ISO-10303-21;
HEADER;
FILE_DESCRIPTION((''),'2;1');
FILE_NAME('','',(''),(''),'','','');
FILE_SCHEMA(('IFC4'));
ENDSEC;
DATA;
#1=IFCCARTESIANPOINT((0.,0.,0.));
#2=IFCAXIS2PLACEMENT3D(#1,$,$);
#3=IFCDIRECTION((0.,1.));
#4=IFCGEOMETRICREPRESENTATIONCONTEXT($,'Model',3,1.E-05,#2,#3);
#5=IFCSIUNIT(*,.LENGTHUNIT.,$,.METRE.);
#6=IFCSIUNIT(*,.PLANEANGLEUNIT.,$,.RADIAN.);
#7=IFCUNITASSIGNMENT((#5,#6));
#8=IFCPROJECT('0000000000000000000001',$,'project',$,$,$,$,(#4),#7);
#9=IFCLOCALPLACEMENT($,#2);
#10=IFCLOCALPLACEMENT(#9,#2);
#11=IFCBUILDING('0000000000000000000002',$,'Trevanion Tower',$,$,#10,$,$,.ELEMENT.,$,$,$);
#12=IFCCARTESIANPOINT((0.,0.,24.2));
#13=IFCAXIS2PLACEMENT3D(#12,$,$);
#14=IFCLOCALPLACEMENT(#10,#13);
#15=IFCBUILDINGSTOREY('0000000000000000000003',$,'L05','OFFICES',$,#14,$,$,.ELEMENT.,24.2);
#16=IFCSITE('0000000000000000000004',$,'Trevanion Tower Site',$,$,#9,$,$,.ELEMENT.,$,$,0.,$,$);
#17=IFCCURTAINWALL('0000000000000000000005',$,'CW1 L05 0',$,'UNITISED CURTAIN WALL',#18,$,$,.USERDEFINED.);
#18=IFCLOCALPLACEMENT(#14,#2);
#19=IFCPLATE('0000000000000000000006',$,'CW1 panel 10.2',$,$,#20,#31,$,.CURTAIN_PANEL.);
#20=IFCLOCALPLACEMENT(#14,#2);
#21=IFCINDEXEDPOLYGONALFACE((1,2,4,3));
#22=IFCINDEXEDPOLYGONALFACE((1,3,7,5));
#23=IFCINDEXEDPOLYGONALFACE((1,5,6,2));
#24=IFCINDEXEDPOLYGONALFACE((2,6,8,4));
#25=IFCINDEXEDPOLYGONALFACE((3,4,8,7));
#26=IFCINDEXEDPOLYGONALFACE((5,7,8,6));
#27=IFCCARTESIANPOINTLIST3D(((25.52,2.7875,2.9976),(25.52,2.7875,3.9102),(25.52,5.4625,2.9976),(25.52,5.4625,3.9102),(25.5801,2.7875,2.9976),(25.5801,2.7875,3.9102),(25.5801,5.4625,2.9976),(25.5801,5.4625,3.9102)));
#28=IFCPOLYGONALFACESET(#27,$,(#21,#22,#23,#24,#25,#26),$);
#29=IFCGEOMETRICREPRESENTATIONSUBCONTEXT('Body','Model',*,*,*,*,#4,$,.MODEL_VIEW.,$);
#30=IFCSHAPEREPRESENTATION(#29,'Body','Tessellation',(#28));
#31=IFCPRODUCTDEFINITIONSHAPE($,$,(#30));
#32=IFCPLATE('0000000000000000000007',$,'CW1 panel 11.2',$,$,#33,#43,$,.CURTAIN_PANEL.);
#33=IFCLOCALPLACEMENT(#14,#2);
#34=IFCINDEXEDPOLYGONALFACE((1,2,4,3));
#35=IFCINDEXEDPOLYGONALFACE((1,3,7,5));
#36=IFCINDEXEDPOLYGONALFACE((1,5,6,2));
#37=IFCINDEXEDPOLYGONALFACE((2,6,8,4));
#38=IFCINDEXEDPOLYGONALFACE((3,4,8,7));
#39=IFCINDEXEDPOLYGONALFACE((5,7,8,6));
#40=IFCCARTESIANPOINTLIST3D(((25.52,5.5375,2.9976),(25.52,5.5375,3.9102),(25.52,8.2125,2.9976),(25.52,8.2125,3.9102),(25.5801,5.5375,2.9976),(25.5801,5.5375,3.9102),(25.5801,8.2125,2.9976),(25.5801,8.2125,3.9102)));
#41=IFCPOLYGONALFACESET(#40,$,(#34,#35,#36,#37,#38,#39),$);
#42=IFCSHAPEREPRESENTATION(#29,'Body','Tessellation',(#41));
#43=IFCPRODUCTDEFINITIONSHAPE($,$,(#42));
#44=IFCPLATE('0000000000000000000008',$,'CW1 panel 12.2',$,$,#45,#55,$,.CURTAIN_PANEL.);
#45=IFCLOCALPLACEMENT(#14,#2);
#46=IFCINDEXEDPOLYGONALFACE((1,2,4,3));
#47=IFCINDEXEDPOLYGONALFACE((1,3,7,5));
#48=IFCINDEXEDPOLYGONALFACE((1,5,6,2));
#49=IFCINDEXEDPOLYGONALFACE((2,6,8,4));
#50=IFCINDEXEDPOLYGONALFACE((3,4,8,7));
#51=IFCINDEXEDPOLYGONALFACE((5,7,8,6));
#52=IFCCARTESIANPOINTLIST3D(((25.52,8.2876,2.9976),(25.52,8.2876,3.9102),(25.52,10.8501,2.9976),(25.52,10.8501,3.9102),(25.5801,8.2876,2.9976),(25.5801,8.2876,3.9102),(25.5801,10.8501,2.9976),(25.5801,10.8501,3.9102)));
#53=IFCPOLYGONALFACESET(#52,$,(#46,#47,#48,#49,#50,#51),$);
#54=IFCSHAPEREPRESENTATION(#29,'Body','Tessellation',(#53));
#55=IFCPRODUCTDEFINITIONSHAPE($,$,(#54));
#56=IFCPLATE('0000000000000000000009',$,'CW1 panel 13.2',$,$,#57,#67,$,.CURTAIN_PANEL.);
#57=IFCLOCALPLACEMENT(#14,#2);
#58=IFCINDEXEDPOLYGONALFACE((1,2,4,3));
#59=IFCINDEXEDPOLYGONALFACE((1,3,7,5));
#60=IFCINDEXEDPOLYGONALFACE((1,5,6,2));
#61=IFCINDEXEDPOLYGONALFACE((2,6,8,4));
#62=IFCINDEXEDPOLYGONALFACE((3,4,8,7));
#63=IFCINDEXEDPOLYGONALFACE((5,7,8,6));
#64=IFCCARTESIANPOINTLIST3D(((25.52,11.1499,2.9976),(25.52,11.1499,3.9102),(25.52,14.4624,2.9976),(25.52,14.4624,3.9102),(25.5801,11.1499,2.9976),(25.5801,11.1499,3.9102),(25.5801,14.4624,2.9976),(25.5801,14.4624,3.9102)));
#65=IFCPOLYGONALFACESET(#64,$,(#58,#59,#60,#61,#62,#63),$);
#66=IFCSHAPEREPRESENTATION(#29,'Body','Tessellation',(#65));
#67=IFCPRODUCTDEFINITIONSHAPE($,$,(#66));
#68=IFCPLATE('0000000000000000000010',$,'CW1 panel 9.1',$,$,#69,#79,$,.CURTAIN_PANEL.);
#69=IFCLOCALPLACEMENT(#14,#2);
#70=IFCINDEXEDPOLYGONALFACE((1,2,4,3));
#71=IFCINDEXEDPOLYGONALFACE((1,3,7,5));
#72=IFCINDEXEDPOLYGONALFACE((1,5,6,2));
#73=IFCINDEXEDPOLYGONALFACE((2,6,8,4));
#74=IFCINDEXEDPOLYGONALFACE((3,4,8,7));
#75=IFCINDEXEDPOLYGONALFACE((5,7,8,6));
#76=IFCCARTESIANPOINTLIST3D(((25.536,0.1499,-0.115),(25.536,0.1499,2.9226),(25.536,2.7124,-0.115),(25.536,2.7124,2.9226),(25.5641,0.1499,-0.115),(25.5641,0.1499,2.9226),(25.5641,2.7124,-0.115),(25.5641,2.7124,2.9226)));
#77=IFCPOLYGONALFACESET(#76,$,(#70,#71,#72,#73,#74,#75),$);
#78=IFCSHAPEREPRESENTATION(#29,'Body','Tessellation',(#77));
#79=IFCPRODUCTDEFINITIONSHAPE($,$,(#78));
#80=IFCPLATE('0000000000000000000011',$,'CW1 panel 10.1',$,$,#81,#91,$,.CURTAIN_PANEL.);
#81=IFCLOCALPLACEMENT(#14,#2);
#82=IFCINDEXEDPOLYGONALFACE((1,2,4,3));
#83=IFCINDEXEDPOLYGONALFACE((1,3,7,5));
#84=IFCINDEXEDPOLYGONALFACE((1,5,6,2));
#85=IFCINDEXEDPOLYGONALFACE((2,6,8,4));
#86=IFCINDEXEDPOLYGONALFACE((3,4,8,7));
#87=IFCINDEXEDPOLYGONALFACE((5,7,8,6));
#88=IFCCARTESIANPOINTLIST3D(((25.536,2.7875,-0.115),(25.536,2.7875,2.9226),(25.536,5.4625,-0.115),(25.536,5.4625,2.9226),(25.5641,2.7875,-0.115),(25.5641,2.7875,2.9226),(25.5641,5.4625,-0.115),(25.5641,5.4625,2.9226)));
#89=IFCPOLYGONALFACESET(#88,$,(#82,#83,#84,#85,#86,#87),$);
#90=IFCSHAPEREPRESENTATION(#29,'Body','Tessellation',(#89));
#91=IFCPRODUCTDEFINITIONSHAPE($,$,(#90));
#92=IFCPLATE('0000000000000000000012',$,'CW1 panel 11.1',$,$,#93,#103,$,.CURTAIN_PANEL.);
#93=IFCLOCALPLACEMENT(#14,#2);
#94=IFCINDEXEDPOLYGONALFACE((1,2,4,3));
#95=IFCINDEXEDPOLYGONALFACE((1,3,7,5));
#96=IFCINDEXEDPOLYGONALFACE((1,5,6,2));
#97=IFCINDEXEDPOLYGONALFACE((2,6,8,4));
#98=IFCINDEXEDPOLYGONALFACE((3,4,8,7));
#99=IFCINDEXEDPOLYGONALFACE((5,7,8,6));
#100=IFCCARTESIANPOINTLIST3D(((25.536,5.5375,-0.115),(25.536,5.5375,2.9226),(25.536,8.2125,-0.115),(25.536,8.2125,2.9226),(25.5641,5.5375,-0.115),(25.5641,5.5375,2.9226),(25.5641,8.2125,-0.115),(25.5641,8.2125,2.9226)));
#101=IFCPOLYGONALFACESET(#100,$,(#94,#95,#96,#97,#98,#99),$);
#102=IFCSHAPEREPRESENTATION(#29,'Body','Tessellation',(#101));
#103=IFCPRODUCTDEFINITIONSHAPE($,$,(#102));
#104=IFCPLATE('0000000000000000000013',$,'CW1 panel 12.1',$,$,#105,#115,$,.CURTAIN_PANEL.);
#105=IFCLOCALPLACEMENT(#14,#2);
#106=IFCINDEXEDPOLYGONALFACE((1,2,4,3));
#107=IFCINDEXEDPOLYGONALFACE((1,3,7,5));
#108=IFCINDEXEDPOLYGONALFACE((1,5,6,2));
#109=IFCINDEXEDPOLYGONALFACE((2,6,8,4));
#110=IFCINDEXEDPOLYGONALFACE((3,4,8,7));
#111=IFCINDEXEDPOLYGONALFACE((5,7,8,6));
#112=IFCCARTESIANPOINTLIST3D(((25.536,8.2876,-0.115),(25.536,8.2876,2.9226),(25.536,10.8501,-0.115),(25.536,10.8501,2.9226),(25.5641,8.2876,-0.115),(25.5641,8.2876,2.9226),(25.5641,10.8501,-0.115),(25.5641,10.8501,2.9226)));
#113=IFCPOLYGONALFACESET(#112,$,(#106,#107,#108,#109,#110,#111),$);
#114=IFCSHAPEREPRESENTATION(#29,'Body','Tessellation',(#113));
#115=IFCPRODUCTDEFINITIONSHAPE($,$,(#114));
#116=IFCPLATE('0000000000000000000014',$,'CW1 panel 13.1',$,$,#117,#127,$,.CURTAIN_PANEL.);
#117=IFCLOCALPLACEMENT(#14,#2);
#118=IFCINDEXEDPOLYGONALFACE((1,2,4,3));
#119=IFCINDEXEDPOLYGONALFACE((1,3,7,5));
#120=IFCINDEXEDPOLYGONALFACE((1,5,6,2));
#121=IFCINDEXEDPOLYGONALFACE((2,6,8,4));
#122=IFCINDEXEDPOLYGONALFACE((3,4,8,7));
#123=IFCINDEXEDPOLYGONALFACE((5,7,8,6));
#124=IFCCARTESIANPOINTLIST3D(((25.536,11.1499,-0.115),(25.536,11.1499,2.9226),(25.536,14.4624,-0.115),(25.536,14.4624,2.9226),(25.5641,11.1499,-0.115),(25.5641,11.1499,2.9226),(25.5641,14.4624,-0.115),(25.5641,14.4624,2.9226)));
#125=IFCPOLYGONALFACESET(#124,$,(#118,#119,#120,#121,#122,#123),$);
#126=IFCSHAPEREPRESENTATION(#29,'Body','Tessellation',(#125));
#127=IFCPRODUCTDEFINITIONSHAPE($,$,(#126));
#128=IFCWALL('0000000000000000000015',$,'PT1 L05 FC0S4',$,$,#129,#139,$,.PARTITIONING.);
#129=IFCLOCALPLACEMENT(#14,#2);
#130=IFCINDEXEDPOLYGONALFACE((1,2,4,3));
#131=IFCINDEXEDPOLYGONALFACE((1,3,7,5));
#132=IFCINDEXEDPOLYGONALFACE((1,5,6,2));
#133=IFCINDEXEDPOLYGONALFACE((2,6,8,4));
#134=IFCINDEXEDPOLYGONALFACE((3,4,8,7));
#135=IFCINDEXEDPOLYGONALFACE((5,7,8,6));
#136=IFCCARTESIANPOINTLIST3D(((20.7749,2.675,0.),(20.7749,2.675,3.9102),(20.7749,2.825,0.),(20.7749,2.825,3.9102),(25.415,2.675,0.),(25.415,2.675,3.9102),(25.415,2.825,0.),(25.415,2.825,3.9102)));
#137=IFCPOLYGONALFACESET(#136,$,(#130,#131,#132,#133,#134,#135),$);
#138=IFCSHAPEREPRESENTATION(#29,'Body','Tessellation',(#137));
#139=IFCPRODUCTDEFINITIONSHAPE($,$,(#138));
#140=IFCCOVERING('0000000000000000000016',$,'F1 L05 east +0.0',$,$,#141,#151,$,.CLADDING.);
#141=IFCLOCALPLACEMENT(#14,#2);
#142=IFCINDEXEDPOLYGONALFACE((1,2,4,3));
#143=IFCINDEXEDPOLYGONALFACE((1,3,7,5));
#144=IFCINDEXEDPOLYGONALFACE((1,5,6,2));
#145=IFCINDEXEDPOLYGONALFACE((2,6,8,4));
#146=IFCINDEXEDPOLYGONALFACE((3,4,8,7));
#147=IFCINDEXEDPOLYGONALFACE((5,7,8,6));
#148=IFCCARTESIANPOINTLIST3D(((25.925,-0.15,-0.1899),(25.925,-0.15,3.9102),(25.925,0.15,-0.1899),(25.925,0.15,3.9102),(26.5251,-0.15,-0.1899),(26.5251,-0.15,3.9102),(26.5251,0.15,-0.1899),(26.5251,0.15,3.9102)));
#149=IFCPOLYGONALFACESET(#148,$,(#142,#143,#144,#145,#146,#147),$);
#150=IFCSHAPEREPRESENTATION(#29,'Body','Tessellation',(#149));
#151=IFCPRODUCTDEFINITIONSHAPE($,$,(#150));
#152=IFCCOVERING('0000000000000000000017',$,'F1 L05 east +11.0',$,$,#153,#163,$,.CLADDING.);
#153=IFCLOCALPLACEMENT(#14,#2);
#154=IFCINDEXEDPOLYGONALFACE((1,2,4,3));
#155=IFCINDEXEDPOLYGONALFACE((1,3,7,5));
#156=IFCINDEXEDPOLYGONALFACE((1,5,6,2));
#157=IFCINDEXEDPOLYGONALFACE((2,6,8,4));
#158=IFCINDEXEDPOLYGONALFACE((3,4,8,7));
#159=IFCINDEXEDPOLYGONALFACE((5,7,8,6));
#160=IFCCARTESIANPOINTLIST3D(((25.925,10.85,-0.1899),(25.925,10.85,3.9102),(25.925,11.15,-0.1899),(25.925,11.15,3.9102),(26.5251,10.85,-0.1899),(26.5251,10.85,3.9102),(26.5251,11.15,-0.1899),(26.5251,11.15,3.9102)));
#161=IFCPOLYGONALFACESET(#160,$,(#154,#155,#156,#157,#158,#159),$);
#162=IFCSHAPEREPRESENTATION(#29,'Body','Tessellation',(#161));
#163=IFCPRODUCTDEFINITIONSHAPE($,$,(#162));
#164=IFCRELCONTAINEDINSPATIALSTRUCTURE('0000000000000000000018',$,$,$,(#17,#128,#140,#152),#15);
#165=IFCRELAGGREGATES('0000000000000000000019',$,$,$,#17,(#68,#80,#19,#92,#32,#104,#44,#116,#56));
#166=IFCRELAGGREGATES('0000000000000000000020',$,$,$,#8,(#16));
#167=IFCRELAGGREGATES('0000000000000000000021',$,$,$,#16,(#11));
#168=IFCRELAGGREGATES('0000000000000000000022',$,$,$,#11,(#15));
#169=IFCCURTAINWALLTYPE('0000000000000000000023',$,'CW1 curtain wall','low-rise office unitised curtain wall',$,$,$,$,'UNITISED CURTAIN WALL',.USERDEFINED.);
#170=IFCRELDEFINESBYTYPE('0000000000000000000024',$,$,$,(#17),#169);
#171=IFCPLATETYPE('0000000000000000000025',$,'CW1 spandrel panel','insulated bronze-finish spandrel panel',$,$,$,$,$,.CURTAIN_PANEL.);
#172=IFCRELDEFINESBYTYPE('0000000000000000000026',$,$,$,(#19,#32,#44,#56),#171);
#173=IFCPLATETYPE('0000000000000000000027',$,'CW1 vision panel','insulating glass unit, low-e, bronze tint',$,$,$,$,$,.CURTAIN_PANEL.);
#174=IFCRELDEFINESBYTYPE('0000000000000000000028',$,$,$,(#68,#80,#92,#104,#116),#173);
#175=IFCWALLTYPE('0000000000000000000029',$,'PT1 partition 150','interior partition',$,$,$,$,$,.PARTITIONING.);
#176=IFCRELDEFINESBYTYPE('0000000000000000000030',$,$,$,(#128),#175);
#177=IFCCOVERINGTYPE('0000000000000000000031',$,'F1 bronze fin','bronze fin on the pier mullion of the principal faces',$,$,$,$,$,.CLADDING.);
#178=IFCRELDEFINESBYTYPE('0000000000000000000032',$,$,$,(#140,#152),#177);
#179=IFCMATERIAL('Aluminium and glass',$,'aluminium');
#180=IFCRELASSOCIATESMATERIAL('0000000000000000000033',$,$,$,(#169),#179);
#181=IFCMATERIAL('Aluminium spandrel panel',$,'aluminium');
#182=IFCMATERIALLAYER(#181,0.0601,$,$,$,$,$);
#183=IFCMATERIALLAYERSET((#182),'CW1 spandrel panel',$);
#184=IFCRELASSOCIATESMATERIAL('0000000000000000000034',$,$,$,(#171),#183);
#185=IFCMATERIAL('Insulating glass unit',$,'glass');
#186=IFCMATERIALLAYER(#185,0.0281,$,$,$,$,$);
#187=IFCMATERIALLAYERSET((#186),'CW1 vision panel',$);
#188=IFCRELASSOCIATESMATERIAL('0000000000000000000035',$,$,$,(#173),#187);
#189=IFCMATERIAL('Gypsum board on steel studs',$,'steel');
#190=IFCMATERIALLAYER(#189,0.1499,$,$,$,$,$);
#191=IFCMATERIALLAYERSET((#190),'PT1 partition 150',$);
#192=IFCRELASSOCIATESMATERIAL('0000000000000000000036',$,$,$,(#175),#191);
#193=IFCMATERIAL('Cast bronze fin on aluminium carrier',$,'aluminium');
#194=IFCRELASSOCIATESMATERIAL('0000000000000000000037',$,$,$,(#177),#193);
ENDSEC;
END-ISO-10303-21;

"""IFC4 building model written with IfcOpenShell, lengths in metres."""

from ifc_helpers import new_model, si_unit, direction, frame, frame_2d, origin, origin_2d, place, context, subcontext, project, spatial, rectangle, extrude, material, layer, layer_set, type_object, element, aggregate, save


model = new_model("IFC4")

# Units and contexts
model_context = context("Model", 3, precision=1e-05, world=origin(), true_north=direction((0.0, 1.0)))
body_context = subcontext(model_context, "Body", "Model", "MODEL_VIEW")
ifc_project = project(units=[si_unit("LENGTHUNIT", "METRE"), si_unit("PLANEANGLEUNIT", "RADIAN")], contexts=[model_context])

# Site, building, storey
site_placement = place(None, origin())
site = spatial("IfcSite", under=ifc_project, at=site_placement, Name="Trevanion Tower Site", CompositionType="ELEMENT", RefElevation=0.0)
building_placement = place(site_placement, origin())
building = spatial("IfcBuilding", under=site, at=building_placement, Name="Trevanion Tower", CompositionType="ELEMENT")
storey_placement = place(building_placement, frame((0.0, 0.0, 24.2)))
storey = spatial("IfcBuildingStorey", under=building, at=storey_placement, Name="L05", Description="OFFICES", CompositionType="ELEMENT", Elevation=24.2)

# Curtain wall
ifc_material_1 = material(Name="Aluminium and glass", Category="aluminium")
curtain_wall_type = type_object("IfcCurtainWallType", Name="CW1 curtain wall", Description="low-rise office unitised curtain wall", ElementType="UNITISED CURTAIN WALL", PredefinedType="USERDEFINED", material=ifc_material_1)
curtain_wall_placement = place(storey_placement, origin())
curtain_wall = element("IfcCurtainWall", 1, at=curtain_wall_placement, inside=storey, type_object=curtain_wall_type, Name="CW1 L05 0", ObjectType="UNITISED CURTAIN WALL", PredefinedType="USERDEFINED")

# Plates
ifc_material_2 = material(Name="Aluminium spandrel panel", Category="aluminium")
ifc_layer_1 = layer(ifc_material_2, 0.0601)
ifc_layer_set_1 = layer_set([ifc_layer_1], Name="CW1 spandrel panel")
plate_type_1 = type_object("IfcPlateType", Name="CW1 spandrel panel", Description="insulated bronze-finish spandrel panel", PredefinedType="CURTAIN_PANEL", material=ifc_layer_set_1)
plate_1_placement = place(storey_placement, frame((25.55, 4.125, 2.9976), z_axis=(0.0, 0.0, 1.0), x_axis=(0.0, 1.0, 0.0)))
plate_1 = element("IfcPlate", 2, at=plate_1_placement, type_object=plate_type_1, Name="CW1 panel 10.2", PredefinedType="CURTAIN_PANEL", context=body_context, shape_type="SweptSolid", body=[
    extrude(rectangle(XDim=2.675, YDim=0.0601, at=origin_2d()), origin(), (0.0, 0.0, 1.0), 0.9126),
])
plate_2_placement = place(storey_placement, frame((25.55, 6.875, 2.9976), z_axis=(0.0, 0.0, 1.0), x_axis=(0.0, 1.0, 0.0)))
plate_2 = element("IfcPlate", 3, at=plate_2_placement, type_object=plate_type_1, Name="CW1 panel 11.2", PredefinedType="CURTAIN_PANEL", context=body_context, shape_type="SweptSolid", body=[
    extrude(rectangle(XDim=2.675, YDim=0.0601, at=origin_2d()), origin(), (0.0, 0.0, 1.0), 0.9126),
])
plate_3_placement = place(storey_placement, frame((25.55, 9.5688, 2.9976), z_axis=(0.0, 0.0, 1.0), x_axis=(0.0, 1.0, 0.0)))
plate_3 = element("IfcPlate", 4, at=plate_3_placement, type_object=plate_type_1, Name="CW1 panel 12.2", PredefinedType="CURTAIN_PANEL", context=body_context, shape_type="SweptSolid", body=[
    extrude(rectangle(XDim=2.5625, YDim=0.0601, at=origin_2d()), origin(), (0.0, 0.0, 1.0), 0.9126),
])
plate_4_placement = place(storey_placement, frame((25.55, 12.8062, 2.9976), z_axis=(0.0, 0.0, 1.0), x_axis=(0.0, 1.0, 0.0)))
plate_4 = element("IfcPlate", 5, at=plate_4_placement, type_object=plate_type_1, Name="CW1 panel 13.2", PredefinedType="CURTAIN_PANEL", context=body_context, shape_type="SweptSolid", body=[
    extrude(rectangle(XDim=3.3125, YDim=0.0601, at=origin_2d()), origin(), (0.0, 0.0, 1.0), 0.9126),
])
ifc_material_3 = material(Name="Insulating glass unit", Category="glass")
ifc_layer_2 = layer(ifc_material_3, 0.0281)
ifc_layer_set_2 = layer_set([ifc_layer_2], Name="CW1 vision panel")
plate_type_2 = type_object("IfcPlateType", Name="CW1 vision panel", Description="insulating glass unit, low-e, bronze tint", PredefinedType="CURTAIN_PANEL", material=ifc_layer_set_2)
plate_5_placement = place(storey_placement, frame((25.55, 1.4312, -0.115), z_axis=(0.0, 0.0, 1.0), x_axis=(0.0, 1.0, 0.0)))
plate_5 = element("IfcPlate", 6, at=plate_5_placement, type_object=plate_type_2, Name="CW1 panel 9.1", PredefinedType="CURTAIN_PANEL", context=body_context, shape_type="SweptSolid", body=[
    extrude(rectangle(XDim=2.5625, YDim=0.0281, at=origin_2d()), origin(), (0.0, 0.0, 1.0), 3.0376),
])
plate_6_placement = place(storey_placement, frame((25.55, 4.125, -0.115), z_axis=(0.0, 0.0, 1.0), x_axis=(0.0, 1.0, 0.0)))
plate_6 = element("IfcPlate", 7, at=plate_6_placement, type_object=plate_type_2, Name="CW1 panel 10.1", PredefinedType="CURTAIN_PANEL", context=body_context, shape_type="SweptSolid", body=[
    extrude(rectangle(XDim=2.675, YDim=0.0281, at=origin_2d()), origin(), (0.0, 0.0, 1.0), 3.0376),
])
plate_7_placement = place(storey_placement, frame((25.55, 6.875, -0.115), z_axis=(0.0, 0.0, 1.0), x_axis=(0.0, 1.0, 0.0)))
plate_7 = element("IfcPlate", 8, at=plate_7_placement, type_object=plate_type_2, Name="CW1 panel 11.1", PredefinedType="CURTAIN_PANEL", context=body_context, shape_type="SweptSolid", body=[
    extrude(rectangle(XDim=2.675, YDim=0.0281, at=origin_2d()), origin(), (0.0, 0.0, 1.0), 3.0376),
])
plate_8_placement = place(storey_placement, frame((25.55, 9.5688, -0.115), z_axis=(0.0, 0.0, 1.0), x_axis=(0.0, 1.0, 0.0)))
plate_8 = element("IfcPlate", 9, at=plate_8_placement, type_object=plate_type_2, Name="CW1 panel 12.1", PredefinedType="CURTAIN_PANEL", context=body_context, shape_type="SweptSolid", body=[
    extrude(rectangle(XDim=2.5625, YDim=0.0281, at=origin_2d()), origin(), (0.0, 0.0, 1.0), 3.0376),
])
plate_9_placement = place(storey_placement, frame((25.55, 12.8062, -0.115), z_axis=(0.0, 0.0, 1.0), x_axis=(0.0, 1.0, 0.0)))
plate_9 = element("IfcPlate", 10, at=plate_9_placement, type_object=plate_type_2, Name="CW1 panel 13.1", PredefinedType="CURTAIN_PANEL", context=body_context, shape_type="SweptSolid", body=[
    extrude(rectangle(XDim=3.3125, YDim=0.0281, at=origin_2d()), origin(), (0.0, 0.0, 1.0), 3.0376),
])
aggregate(curtain_wall, [plate_5, plate_6, plate_1, plate_7, plate_2, plate_8, plate_3, plate_9, plate_4])

# Wall
ifc_material_4 = material(Name="Gypsum board on steel studs", Category="steel")
ifc_layer_3 = layer(ifc_material_4, 0.1499)
ifc_layer_set_3 = layer_set([ifc_layer_3], Name="PT1 partition 150")
wall_type = type_object("IfcWallType", Name="PT1 partition 150", Description="interior partition", PredefinedType="PARTITIONING", material=ifc_layer_set_3)
wall_placement = place(storey_placement, frame((20.7749, 2.75, 0.0), z_axis=(0.0, 0.0, 1.0), x_axis=(1.0, 0.0, 0.0)))
element("IfcWall", 11, at=wall_placement, inside=storey, type_object=wall_type, Name="PT1 L05 FC0S4", PredefinedType="PARTITIONING", context=body_context, shape_type="SweptSolid", body=[
    extrude(rectangle(XDim=4.6401, YDim=0.1499, at=frame_2d((2.3201, 0.0))), origin(), (0.0, 0.0, 1.0), 3.9102),
])

# Coverings
ifc_material_5 = material(Name="Cast bronze fin on aluminium carrier", Category="aluminium")
covering_type = type_object("IfcCoveringType", Name="F1 bronze fin", Description="bronze fin on the pier mullion of the principal faces", PredefinedType="CLADDING", material=ifc_material_5)
for number, where, z_axis, x_axis, name in (
    (12, (26.2251, 0.0, -0.1899), (0.0, 0.0, 1.0), (0.0, 1.0, 0.0), "F1 L05 east +0.0"),
    (13, (26.2251, 11.0, -0.1899), (0.0, 0.0, 1.0), (0.0, 1.0, 0.0), "F1 L05 east +11.0"),
):
    element("IfcCovering", number, at=place(storey_placement, frame(where, z_axis=z_axis, x_axis=x_axis)), inside=storey, type_object=covering_type, Name=name, PredefinedType="CLADDING", context=body_context, shape_type="SweptSolid", body=[
        extrude(rectangle(XDim=0.3, YDim=0.6001, at=origin_2d()), origin(), (0.0, 0.0, 1.0), 4.1001),
    ])

save(model, "model.ifc")
